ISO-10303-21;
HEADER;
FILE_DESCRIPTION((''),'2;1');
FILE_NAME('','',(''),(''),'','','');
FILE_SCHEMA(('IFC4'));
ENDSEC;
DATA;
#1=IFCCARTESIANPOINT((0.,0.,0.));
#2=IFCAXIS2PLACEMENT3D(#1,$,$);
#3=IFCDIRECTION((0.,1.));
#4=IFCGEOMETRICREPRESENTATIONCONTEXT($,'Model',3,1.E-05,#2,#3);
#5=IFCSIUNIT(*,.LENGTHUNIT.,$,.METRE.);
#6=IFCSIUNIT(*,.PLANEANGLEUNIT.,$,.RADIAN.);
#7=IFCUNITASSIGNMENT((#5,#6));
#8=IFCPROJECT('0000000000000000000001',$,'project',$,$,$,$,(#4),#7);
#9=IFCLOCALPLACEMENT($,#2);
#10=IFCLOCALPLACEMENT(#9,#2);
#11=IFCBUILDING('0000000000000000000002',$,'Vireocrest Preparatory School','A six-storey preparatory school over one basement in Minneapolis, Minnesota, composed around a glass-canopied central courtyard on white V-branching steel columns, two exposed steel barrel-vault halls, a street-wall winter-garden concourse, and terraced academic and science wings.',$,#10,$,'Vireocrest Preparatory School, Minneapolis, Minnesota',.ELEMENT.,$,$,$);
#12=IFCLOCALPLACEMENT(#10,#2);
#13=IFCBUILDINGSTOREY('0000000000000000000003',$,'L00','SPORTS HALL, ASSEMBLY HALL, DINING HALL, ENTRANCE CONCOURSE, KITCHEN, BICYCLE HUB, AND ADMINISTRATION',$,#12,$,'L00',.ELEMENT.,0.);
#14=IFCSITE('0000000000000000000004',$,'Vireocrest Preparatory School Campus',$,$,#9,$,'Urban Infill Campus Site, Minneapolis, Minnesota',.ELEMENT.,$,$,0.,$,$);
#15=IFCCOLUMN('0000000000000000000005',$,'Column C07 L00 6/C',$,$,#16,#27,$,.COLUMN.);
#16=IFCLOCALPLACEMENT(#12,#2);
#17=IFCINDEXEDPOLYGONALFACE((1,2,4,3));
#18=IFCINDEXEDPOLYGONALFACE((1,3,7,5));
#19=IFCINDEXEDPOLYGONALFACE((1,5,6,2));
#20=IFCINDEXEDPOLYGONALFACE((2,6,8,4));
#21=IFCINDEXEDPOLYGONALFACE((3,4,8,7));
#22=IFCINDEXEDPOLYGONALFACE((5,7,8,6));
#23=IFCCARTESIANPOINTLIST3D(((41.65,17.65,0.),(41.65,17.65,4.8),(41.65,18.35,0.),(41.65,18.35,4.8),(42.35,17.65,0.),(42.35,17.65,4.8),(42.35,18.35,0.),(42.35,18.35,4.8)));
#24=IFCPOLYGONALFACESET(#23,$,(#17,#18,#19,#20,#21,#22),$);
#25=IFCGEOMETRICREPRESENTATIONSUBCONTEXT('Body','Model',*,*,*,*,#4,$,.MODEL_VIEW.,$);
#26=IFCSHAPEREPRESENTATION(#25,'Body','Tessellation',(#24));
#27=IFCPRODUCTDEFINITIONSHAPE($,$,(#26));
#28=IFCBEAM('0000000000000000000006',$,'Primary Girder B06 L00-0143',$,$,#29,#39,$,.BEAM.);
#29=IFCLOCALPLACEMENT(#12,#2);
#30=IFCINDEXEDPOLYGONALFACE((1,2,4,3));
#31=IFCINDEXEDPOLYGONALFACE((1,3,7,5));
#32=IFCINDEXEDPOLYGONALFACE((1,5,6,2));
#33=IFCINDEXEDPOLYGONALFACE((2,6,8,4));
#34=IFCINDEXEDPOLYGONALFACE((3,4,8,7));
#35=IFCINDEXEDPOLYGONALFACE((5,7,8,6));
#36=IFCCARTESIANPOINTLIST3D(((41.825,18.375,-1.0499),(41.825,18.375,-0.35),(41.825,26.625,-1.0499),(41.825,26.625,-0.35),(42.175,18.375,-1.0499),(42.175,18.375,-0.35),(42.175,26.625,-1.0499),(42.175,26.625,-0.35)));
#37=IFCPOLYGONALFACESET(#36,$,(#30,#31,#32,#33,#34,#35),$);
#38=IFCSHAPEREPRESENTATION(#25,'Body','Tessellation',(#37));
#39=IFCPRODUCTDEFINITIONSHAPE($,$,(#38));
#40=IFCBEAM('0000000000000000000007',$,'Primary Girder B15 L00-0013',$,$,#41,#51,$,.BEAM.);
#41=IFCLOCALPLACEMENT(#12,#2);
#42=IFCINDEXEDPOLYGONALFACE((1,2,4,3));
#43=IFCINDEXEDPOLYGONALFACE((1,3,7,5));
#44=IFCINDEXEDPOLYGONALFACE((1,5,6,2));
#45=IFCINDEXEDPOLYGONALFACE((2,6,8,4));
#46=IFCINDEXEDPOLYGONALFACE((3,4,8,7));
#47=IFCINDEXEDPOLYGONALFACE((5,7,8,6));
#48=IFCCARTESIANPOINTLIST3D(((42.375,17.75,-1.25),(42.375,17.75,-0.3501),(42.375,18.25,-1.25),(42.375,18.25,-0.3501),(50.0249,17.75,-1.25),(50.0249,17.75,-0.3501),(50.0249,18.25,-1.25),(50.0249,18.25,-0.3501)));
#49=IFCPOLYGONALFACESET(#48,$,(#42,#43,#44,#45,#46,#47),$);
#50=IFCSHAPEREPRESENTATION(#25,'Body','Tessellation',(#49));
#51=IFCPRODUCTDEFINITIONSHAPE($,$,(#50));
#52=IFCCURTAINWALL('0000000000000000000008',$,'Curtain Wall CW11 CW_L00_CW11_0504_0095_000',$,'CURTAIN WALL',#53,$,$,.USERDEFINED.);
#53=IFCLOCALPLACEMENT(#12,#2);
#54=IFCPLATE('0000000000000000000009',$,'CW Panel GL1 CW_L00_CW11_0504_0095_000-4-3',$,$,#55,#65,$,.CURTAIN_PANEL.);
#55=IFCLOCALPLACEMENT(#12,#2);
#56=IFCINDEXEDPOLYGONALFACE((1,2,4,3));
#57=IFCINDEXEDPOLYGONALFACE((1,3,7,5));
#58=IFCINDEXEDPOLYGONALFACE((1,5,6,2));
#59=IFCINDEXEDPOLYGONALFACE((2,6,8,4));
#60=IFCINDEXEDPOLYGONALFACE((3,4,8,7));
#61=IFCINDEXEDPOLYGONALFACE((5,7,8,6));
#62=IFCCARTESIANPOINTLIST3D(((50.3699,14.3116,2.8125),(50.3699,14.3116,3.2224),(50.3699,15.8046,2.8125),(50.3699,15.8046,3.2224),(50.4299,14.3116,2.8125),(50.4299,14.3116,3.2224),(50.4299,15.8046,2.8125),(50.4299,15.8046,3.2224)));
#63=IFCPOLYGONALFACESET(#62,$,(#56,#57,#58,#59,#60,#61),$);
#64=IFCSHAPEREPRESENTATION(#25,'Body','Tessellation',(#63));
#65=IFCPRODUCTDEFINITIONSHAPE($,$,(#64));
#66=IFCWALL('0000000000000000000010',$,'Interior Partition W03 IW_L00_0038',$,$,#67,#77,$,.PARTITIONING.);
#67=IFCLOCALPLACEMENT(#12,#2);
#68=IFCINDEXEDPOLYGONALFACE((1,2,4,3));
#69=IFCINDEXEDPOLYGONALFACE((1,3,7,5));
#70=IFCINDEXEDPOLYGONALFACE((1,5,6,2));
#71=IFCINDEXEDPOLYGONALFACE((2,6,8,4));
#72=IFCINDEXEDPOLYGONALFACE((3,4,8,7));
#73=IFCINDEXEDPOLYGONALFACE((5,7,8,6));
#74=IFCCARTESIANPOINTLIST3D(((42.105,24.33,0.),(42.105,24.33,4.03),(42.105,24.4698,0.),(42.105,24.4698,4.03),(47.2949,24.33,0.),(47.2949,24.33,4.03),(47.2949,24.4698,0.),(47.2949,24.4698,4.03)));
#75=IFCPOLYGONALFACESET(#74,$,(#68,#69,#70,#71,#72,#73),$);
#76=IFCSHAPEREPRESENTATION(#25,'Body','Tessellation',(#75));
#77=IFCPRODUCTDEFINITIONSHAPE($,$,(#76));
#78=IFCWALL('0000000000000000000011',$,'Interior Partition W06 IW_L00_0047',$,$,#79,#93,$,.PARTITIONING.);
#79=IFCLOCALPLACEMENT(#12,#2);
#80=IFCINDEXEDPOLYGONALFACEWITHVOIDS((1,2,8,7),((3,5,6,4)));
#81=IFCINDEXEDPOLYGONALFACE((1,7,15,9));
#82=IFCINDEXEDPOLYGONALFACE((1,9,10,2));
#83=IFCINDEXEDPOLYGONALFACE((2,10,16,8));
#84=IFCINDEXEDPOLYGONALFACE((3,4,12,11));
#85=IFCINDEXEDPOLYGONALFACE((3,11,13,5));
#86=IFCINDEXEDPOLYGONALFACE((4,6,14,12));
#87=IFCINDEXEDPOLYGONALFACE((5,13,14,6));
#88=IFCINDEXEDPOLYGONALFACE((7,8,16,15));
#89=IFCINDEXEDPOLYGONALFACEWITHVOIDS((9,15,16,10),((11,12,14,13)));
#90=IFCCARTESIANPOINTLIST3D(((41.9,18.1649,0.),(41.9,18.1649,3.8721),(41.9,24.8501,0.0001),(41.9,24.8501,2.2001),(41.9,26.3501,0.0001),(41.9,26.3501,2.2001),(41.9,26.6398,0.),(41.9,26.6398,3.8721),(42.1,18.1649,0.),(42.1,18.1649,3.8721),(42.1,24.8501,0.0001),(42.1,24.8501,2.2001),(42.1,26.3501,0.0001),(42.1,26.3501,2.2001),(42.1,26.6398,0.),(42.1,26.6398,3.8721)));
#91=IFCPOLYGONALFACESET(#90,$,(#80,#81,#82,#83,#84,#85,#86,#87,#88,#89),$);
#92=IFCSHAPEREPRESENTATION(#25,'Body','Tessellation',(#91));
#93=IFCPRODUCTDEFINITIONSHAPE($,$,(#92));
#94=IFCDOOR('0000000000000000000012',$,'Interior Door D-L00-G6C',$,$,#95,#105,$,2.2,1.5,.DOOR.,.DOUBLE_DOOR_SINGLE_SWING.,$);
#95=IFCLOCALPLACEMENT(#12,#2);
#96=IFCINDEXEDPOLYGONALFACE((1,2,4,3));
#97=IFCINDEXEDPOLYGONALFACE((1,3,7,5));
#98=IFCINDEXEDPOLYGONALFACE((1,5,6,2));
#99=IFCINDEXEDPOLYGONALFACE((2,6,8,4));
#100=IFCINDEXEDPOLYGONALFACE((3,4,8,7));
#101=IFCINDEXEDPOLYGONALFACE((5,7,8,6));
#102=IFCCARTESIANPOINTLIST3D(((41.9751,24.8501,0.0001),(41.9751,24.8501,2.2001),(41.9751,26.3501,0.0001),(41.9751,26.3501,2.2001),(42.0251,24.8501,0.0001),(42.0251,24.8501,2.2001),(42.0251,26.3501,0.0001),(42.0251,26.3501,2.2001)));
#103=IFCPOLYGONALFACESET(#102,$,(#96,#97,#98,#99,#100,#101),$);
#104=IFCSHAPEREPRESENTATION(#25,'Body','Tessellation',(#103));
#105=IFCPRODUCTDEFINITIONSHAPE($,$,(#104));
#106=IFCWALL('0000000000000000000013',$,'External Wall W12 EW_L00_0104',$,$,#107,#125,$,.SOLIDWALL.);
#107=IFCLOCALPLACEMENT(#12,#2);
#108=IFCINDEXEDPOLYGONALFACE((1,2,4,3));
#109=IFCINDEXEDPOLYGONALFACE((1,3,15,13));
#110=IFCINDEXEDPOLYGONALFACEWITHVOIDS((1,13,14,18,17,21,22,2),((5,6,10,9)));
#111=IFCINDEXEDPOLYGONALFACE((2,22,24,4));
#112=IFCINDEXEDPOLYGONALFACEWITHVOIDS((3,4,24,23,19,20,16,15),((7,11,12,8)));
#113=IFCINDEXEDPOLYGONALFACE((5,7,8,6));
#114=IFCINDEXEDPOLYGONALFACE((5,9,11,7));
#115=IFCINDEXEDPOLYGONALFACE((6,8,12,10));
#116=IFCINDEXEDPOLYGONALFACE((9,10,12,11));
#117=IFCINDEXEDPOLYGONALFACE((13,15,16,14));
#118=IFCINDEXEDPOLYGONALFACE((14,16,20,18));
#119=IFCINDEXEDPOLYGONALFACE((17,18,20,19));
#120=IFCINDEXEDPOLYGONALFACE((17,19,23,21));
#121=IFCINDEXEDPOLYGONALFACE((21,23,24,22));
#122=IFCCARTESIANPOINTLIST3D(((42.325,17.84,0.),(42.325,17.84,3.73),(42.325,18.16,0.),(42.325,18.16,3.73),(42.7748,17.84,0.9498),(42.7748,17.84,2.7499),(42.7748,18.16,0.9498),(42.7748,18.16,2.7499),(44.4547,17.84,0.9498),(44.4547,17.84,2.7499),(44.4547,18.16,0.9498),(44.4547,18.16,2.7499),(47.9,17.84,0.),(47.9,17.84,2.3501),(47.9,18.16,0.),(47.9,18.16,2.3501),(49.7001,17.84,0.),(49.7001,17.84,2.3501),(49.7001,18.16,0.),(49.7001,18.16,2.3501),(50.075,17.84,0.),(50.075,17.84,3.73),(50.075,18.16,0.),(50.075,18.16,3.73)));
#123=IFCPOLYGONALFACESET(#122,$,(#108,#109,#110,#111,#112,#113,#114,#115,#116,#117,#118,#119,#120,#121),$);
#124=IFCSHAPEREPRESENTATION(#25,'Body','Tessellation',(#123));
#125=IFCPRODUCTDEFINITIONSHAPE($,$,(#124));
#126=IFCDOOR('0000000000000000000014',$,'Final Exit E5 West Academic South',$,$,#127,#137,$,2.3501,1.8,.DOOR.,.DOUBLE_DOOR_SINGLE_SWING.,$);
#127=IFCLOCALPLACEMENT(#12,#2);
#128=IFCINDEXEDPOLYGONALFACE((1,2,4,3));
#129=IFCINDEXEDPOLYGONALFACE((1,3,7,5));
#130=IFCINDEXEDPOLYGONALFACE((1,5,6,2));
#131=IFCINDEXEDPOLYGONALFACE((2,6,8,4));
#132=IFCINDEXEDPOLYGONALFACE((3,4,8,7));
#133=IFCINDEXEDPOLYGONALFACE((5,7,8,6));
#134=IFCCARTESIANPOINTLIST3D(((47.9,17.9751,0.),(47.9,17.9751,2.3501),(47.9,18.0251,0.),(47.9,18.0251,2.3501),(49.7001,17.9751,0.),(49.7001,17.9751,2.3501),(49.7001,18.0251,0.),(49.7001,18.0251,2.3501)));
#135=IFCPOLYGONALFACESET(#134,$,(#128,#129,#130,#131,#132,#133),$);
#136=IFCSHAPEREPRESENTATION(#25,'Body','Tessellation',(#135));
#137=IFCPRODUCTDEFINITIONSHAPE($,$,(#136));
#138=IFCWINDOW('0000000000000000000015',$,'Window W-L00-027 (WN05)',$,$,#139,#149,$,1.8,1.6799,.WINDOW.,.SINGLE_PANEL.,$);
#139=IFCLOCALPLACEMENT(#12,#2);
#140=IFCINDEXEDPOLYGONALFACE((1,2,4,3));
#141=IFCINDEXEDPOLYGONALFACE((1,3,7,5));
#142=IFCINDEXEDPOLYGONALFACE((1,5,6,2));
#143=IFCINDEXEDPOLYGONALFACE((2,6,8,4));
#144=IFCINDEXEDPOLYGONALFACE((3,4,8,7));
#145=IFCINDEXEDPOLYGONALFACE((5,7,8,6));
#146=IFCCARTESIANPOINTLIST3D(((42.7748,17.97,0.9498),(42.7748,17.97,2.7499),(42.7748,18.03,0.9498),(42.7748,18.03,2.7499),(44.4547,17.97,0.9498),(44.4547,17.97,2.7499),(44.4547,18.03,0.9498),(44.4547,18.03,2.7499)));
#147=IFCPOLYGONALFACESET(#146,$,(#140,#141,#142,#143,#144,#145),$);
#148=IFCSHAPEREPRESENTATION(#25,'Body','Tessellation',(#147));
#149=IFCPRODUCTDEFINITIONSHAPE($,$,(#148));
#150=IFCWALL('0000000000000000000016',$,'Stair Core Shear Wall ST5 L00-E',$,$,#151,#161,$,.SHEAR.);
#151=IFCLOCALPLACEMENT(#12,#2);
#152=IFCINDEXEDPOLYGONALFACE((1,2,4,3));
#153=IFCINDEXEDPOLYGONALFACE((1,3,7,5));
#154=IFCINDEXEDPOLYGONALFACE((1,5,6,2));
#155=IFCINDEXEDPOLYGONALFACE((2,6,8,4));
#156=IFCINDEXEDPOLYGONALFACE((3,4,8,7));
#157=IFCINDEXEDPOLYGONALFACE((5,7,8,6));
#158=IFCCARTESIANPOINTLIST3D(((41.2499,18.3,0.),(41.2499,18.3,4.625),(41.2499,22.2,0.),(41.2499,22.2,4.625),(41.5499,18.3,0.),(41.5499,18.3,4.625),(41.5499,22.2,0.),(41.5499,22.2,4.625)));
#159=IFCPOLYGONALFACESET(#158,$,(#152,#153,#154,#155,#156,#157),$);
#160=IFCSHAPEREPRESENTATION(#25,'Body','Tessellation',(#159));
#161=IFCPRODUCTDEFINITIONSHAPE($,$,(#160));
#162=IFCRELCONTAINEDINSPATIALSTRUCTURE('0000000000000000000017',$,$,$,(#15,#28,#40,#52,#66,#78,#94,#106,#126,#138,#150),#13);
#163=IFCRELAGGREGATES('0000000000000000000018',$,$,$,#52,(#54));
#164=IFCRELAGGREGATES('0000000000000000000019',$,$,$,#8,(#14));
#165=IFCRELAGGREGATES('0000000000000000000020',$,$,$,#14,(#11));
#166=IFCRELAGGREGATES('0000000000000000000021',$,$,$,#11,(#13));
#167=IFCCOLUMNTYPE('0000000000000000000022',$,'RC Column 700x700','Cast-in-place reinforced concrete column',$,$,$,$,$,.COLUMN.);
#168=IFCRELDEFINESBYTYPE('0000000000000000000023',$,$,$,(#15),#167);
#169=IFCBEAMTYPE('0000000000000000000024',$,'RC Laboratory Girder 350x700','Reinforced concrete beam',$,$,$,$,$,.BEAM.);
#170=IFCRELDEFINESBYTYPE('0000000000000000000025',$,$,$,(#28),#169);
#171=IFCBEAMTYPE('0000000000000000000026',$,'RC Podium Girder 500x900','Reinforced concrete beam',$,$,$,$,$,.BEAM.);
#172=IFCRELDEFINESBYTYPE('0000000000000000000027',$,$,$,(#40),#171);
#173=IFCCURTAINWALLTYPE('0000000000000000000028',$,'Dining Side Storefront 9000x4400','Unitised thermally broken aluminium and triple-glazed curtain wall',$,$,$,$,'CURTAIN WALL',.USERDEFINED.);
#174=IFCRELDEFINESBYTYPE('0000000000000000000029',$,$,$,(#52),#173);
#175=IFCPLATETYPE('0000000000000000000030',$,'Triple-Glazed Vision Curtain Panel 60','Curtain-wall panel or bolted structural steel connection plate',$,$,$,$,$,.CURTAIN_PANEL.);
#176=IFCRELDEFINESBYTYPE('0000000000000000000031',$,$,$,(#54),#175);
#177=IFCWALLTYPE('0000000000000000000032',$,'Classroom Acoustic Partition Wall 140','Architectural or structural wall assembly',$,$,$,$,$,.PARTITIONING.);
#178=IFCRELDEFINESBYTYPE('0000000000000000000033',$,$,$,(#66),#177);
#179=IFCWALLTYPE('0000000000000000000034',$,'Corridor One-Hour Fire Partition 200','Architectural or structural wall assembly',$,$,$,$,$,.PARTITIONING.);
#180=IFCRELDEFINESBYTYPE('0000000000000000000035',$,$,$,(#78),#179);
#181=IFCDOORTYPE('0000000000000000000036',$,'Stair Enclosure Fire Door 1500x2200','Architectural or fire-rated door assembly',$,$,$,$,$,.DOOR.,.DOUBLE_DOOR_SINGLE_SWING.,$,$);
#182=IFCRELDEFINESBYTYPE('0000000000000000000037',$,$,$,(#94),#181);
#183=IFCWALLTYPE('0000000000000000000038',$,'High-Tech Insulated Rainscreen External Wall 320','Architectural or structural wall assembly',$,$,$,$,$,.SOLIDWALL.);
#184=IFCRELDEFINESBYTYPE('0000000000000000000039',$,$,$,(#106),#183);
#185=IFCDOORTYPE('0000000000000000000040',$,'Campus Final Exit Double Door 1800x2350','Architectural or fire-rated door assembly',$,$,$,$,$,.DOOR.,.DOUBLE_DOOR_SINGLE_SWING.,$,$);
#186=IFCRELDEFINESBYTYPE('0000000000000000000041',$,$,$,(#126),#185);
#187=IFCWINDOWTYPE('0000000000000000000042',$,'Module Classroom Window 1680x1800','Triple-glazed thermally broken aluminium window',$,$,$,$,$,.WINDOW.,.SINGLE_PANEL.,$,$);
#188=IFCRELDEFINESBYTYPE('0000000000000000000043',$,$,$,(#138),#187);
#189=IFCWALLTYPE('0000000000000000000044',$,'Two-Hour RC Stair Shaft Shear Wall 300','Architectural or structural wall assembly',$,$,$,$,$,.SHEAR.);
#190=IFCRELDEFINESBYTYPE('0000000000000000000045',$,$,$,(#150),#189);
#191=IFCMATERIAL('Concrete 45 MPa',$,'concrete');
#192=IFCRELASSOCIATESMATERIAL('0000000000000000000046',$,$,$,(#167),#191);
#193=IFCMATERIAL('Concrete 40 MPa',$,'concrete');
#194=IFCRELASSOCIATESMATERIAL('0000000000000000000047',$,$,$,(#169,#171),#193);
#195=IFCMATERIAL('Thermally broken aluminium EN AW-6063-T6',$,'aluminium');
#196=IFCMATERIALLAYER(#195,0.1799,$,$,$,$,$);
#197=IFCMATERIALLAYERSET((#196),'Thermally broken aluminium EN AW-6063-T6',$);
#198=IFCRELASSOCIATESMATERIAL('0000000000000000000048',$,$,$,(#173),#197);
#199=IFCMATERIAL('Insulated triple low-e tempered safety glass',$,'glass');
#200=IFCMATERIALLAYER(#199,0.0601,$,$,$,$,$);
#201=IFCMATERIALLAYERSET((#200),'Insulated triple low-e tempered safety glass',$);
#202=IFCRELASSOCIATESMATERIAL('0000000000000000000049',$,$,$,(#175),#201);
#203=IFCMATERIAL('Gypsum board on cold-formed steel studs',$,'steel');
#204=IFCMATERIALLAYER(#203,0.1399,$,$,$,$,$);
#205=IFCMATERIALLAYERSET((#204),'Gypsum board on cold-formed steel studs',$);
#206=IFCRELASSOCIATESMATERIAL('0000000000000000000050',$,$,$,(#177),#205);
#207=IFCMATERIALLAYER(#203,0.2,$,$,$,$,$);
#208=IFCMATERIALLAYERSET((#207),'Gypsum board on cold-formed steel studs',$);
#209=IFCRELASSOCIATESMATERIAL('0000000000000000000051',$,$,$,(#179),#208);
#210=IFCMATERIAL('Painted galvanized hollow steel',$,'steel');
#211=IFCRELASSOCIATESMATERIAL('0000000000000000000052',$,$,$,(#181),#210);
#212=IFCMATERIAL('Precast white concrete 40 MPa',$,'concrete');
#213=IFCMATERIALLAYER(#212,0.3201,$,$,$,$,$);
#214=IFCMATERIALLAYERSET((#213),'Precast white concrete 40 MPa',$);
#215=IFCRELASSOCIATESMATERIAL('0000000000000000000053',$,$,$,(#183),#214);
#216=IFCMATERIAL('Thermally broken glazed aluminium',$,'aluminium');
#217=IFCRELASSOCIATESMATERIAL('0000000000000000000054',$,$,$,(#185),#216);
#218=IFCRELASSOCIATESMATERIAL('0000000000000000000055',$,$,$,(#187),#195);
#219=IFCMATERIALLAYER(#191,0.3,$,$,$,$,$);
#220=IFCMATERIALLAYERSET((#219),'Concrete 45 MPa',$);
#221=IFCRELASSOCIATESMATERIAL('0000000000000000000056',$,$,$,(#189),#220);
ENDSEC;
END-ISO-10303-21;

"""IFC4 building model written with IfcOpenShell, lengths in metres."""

from ifc_helpers import new_model, si_unit, direction, frame, frame_2d, origin, origin_2d, place, context, subcontext, project, spatial, rectangle, extrude, material, layer, layer_set, material_profile, profile_set, type_object, element, fill, aggregate, save


model = new_model("IFC4")

# Units and contexts
model_context = context("Model", 3, precision=1e-05, world=origin(), true_north=direction((0.0, 1.0)))
body_context = subcontext(model_context, "Body", "Model", "MODEL_VIEW")
ifc_project = project(units=[si_unit("LENGTHUNIT", "METRE"), si_unit("PLANEANGLEUNIT", "RADIAN")], contexts=[model_context])

# Site, building, storey
site_placement = place(None, origin())
site = spatial("IfcSite", under=ifc_project, at=site_placement, Name="Vireocrest Preparatory School Campus", LongName="Urban Infill Campus Site, Minneapolis, Minnesota", CompositionType="ELEMENT", RefElevation=0.0)
building_placement = place(site_placement, origin())
building = spatial("IfcBuilding", under=site, at=building_placement, Name="Vireocrest Preparatory School", Description="A six-storey preparatory school over one basement in Minneapolis, Minnesota, composed around a glass-canopied central courtyard on white V-branching steel columns, two exposed steel barrel-vault halls, a street-wall winter-garden concourse, and terraced academic and science wings.", LongName="Vireocrest Preparatory School, Minneapolis, Minnesota", CompositionType="ELEMENT")
storey_placement = place(building_placement, origin())
storey = spatial("IfcBuildingStorey", under=building, at=storey_placement, Name="L00", Description="SPORTS HALL, ASSEMBLY HALL, DINING HALL, ENTRANCE CONCOURSE, KITCHEN, BICYCLE HUB, AND ADMINISTRATION", LongName="L00", CompositionType="ELEMENT", Elevation=0.0)

# Column
ifc_material_1 = material(Name="Concrete 45 MPa", Category="concrete")
ifc_material_profile_1 = material_profile(ifc_material_1, rectangle(XDim=0.7, YDim=0.7, at=origin_2d()), Name="RC 700x700")
ifc_profile_set_1 = profile_set([ifc_material_profile_1], Name="Concrete 45 MPa")
column_type = type_object("IfcColumnType", Name="RC Column 700x700", Description="Cast-in-place reinforced concrete column", PredefinedType="COLUMN", material=ifc_profile_set_1)
column_placement = place(storey_placement, frame((42.0, 18.0, 0.0), z_axis=(0.0, 0.0, 1.0), x_axis=(1.0, 0.0, 0.0)))
element("IfcColumn", 1, at=column_placement, inside=storey, type_object=column_type, Name="Column C07 L00 6/C", PredefinedType="COLUMN", context=body_context, shape_type="SweptSolid", body=[
    extrude(rectangle(XDim=0.7, YDim=0.7, at=origin_2d()), origin(), (0.0, 0.0, 1.0), 4.8),
])

# Beams
ifc_material_2 = material(Name="Concrete 40 MPa", Category="concrete")
ifc_material_profile_2 = material_profile(ifc_material_2, rectangle(XDim=0.3501, YDim=0.7, at=origin_2d()), Name="RC 350x700")
ifc_profile_set_2 = profile_set([ifc_material_profile_2], Name="Concrete 40 MPa")
beam_type_1 = type_object("IfcBeamType", Name="RC Laboratory Girder 350x700", Description="Reinforced concrete beam", PredefinedType="BEAM", material=ifc_profile_set_2)
beam_1_placement = place(storey_placement, frame((42.0, 18.375, -0.7), z_axis=(0.0, 1.0, 0.0), x_axis=(-1.0, 0.0, 0.0)))
element("IfcBeam", 2, at=beam_1_placement, inside=storey, type_object=beam_type_1, Name="Primary Girder B06 L00-0143", PredefinedType="BEAM", context=body_context, shape_type="SweptSolid", body=[
    extrude(rectangle(XDim=0.3501, YDim=0.7, at=origin_2d()), origin(), (0.0, 0.0, 1.0), 8.25),
])
ifc_material_profile_3 = material_profile(ifc_material_2, rectangle(XDim=0.5, YDim=0.8999, at=origin_2d()), Name="RC 500x900")
ifc_profile_set_3 = profile_set([ifc_material_profile_3], Name="Concrete 40 MPa")
beam_type_2 = type_object("IfcBeamType", Name="RC Podium Girder 500x900", Description="Reinforced concrete beam", PredefinedType="BEAM", material=ifc_profile_set_3)
beam_2_placement = place(storey_placement, frame((42.375, 18.0, -0.8), z_axis=(1.0, 0.0, 0.0), x_axis=(0.0, 1.0, 0.0)))
element("IfcBeam", 3, at=beam_2_placement, inside=storey, type_object=beam_type_2, Name="Primary Girder B15 L00-0013", PredefinedType="BEAM", context=body_context, shape_type="SweptSolid", body=[
    extrude(rectangle(XDim=0.5, YDim=0.8999, at=origin_2d()), origin(), (0.0, 0.0, 1.0), 7.6499),
])

# Curtain wall, plate
ifc_material_3 = material(Name="Thermally broken aluminium EN AW-6063-T6", Category="aluminium")
ifc_layer_1 = layer(ifc_material_3, 0.1799)
ifc_layer_set_1 = layer_set([ifc_layer_1], Name="Thermally broken aluminium EN AW-6063-T6")
curtain_wall_type = type_object("IfcCurtainWallType", Name="Dining Side Storefront 9000x4400", Description="Unitised thermally broken aluminium and triple-glazed curtain wall", ElementType="CURTAIN WALL", PredefinedType="USERDEFINED", material=ifc_layer_set_1)
curtain_wall_placement = place(storey_placement, origin())
curtain_wall = element("IfcCurtainWall", 4, at=curtain_wall_placement, inside=storey, type_object=curtain_wall_type, Name="Curtain Wall CW11 CW_L00_CW11_0504_0095_000", ObjectType="CURTAIN WALL", PredefinedType="USERDEFINED")
ifc_material_4 = material(Name="Insulated triple low-e tempered safety glass", Category="glass")
ifc_layer_2 = layer(ifc_material_4, 0.0601)
ifc_layer_set_2 = layer_set([ifc_layer_2], Name="Insulated triple low-e tempered safety glass")
plate_type = type_object("IfcPlateType", Name="Triple-Glazed Vision Curtain Panel 60", Description="Curtain-wall panel or bolted structural steel connection plate", PredefinedType="CURTAIN_PANEL", material=ifc_layer_set_2)
plate_placement = place(storey_placement, frame((50.3999, 15.0581, 2.8125), z_axis=(0.0, 0.0, 1.0), x_axis=(0.0, 1.0, 0.0)))
plate = element("IfcPlate", 5, at=plate_placement, type_object=plate_type, Name="CW Panel GL1 CW_L00_CW11_0504_0095_000-4-3", PredefinedType="CURTAIN_PANEL", context=body_context, shape_type="SweptSolid", body=[
    extrude(rectangle(XDim=1.4929, YDim=0.0601, at=origin_2d()), origin(), (0.0, 0.0, 1.0), 0.4099),
])
aggregate(curtain_wall, [plate])

# Wall
ifc_material_5 = material(Name="Gypsum board on cold-formed steel studs", Category="steel")
ifc_layer_3 = layer(ifc_material_5, 0.1399)
ifc_layer_set_3 = layer_set([ifc_layer_3], Name="Gypsum board on cold-formed steel studs")
wall_type_1 = type_object("IfcWallType", Name="Classroom Acoustic Partition Wall 140", Description="Architectural or structural wall assembly", PredefinedType="PARTITIONING", material=ifc_layer_set_3)
wall_1_placement = place(storey_placement, frame((42.105, 24.3999, 0.0), z_axis=(0.0, 0.0, 1.0), x_axis=(1.0, 0.0, 0.0)))
element("IfcWall", 6, at=wall_1_placement, inside=storey, type_object=wall_type_1, Name="Interior Partition W03 IW_L00_0038", PredefinedType="PARTITIONING", context=body_context, shape_type="SweptSolid", body=[
    extrude(rectangle(XDim=5.1899, YDim=0.1399, at=frame_2d((2.595, 0.0))), origin(), (0.0, 0.0, 1.0), 4.03),
])

# Shared definitions
ifc_layer_4 = layer(ifc_material_5, 0.2)
ifc_layer_set_4 = layer_set([ifc_layer_4], Name="Gypsum board on cold-formed steel studs")
wall_type_2 = type_object("IfcWallType", Name="Corridor One-Hour Fire Partition 200", Description="Architectural or structural wall assembly", PredefinedType="PARTITIONING", material=ifc_layer_set_4)
ifc_material_6 = material(Name="Painted galvanized hollow steel", Category="steel")
door_type_1 = type_object("IfcDoorType", Name="Stair Enclosure Fire Door 1500x2200", Description="Architectural or fire-rated door assembly", OperationType="DOUBLE_DOOR_SINGLE_SWING", PredefinedType="DOOR", material=ifc_material_6)

# Wall, opening, door
wall_2_placement = place(storey_placement, frame((42.0, 18.165, 0.0), z_axis=(0.0, 0.0, 1.0), x_axis=(0.0, 1.0, 0.0)))
wall_2 = element("IfcWall", 7, at=wall_2_placement, inside=storey, type_object=wall_type_2, Name="Interior Partition W06 IW_L00_0047", PredefinedType="PARTITIONING", context=body_context, shape_type="SweptSolid", body=[
    extrude(rectangle(XDim=8.4749, YDim=0.2, at=frame_2d((4.2373, 0.0))), origin(), (0.0, 0.0, 1.0), 3.8721),
])
opening_1_placement = place(wall_2_placement, frame((6.6851, 0.0, 0.0)))
opening_1 = element("IfcOpeningElement", 8, at=opening_1_placement, cuts=wall_2, PredefinedType="OPENING", context=body_context, shape_type="SweptSolid", body=[
    extrude(rectangle(XDim=1.5, YDim=2.2, at=frame_2d((0.75, 1.1001))), frame((0.0, 0.1099, 0.0), z_axis=(0.0, -1.0, 0.0), x_axis=(1.0, 0.0, 0.0)), (0.0, 0.0, 1.0), 0.22),
])
door_1_placement = place(opening_1_placement, origin())
door_1 = element("IfcDoor", 9, at=door_1_placement, inside=storey, type_object=door_type_1, Name="Interior Door D-L00-G6C", OperationType="DOUBLE_DOOR_SINGLE_SWING", OverallHeight=2.2, OverallWidth=1.5, PredefinedType="DOOR", context=body_context, shape_type="SweptSolid", body=[
    extrude(rectangle(XDim=1.5, YDim=2.2, at=frame_2d((0.75, 1.1001))), frame((0.0, 0.0249, 0.0), z_axis=(0.0, -1.0, 0.0), x_axis=(1.0, 0.0, 0.0)), (0.0, 0.0, 1.0), 0.05),
])
fill(opening_1, door_1)

# Wall, openings, door, window
ifc_material_7 = material(Name="Precast white concrete 40 MPa", Category="concrete")
ifc_layer_5 = layer(ifc_material_7, 0.3201)
ifc_layer_set_5 = layer_set([ifc_layer_5], Name="Precast white concrete 40 MPa")
wall_type_3 = type_object("IfcWallType", Name="High-Tech Insulated Rainscreen External Wall 320", Description="Architectural or structural wall assembly", PredefinedType="SOLIDWALL", material=ifc_layer_set_5)
wall_3_placement = place(storey_placement, frame((42.325, 18.0, 0.0), z_axis=(0.0, 0.0, 1.0), x_axis=(1.0, 0.0, 0.0)))
wall_3 = element("IfcWall", 10, at=wall_3_placement, inside=storey, type_object=wall_type_3, Name="External Wall W12 EW_L00_0104", PredefinedType="SOLIDWALL", context=body_context, shape_type="SweptSolid", body=[
    extrude(rectangle(XDim=7.75, YDim=0.3201, at=frame_2d((3.875, 0.0))), origin(), (0.0, 0.0, 1.0), 3.73),
])
opening_2_placement = place(wall_3_placement, frame((7.375, 0.0, 0.0), z_axis=(0.0, 0.0, 1.0), x_axis=(-1.0, 0.0, 0.0)))
opening_2 = element("IfcOpeningElement", 11, at=opening_2_placement, cuts=wall_3, PredefinedType="OPENING", context=body_context, shape_type="SweptSolid", body=[
    extrude(rectangle(XDim=1.8, YDim=2.3501, at=frame_2d((0.8999, 1.175))), frame((0.0, 0.1699, 0.0), z_axis=(0.0, -1.0, 0.0), x_axis=(1.0, 0.0, 0.0)), (0.0, 0.0, 1.0), 0.3401),
])
opening_3_placement = place(wall_3_placement, frame((0.45, 0.0, 0.95)))
opening_3 = element("IfcOpeningElement", 12, at=opening_3_placement, cuts=wall_3, PredefinedType="OPENING", context=body_context, shape_type="SweptSolid", body=[
    extrude(rectangle(XDim=1.6799, YDim=1.8, at=frame_2d((0.8398, 0.8999))), frame((0.0, 0.1699, 0.0), z_axis=(0.0, -1.0, 0.0), x_axis=(1.0, 0.0, 0.0)), (0.0, 0.0, 1.0), 0.3401),
])
ifc_material_8 = material(Name="Thermally broken glazed aluminium", Category="aluminium")
door_type_2 = type_object("IfcDoorType", Name="Campus Final Exit Double Door 1800x2350", Description="Architectural or fire-rated door assembly", OperationType="DOUBLE_DOOR_SINGLE_SWING", PredefinedType="DOOR", material=ifc_material_8)
door_2_placement = place(opening_2_placement, origin())
door_2 = element("IfcDoor", 13, at=door_2_placement, inside=storey, type_object=door_type_2, Name="Final Exit E5 West Academic South", OperationType="DOUBLE_DOOR_SINGLE_SWING", OverallHeight=2.3501, OverallWidth=1.8, PredefinedType="DOOR", context=body_context, shape_type="SweptSolid", body=[
    extrude(rectangle(XDim=1.8, YDim=2.3501, at=frame_2d((0.8999, 1.175))), frame((0.0, 0.0249, 0.0), z_axis=(0.0, -1.0, 0.0), x_axis=(1.0, 0.0, 0.0)), (0.0, 0.0, 1.0), 0.05),
])
fill(opening_2, door_2)
window_type = type_object("IfcWindowType", Name="Module Classroom Window 1680x1800", Description="Triple-glazed thermally broken aluminium window", PartitioningType="SINGLE_PANEL", PredefinedType="WINDOW", material=ifc_material_3)
window_placement = place(opening_3_placement, origin())
window = element("IfcWindow", 14, at=window_placement, inside=storey, type_object=window_type, Name="Window W-L00-027 (WN05)", OverallHeight=1.8, OverallWidth=1.6799, PartitioningType="SINGLE_PANEL", PredefinedType="WINDOW", context=body_context, shape_type="SweptSolid", body=[
    extrude(rectangle(XDim=1.6799, YDim=1.8, at=frame_2d((0.8398, 0.8999))), frame((0.0, 0.03, 0.0), z_axis=(0.0, -1.0, 0.0), x_axis=(1.0, 0.0, 0.0)), (0.0, 0.0, 1.0), 0.0601),
])
fill(opening_3, window)

# Wall
ifc_layer_6 = layer(ifc_material_1, 0.3)
ifc_layer_set_6 = layer_set([ifc_layer_6], Name="Concrete 45 MPa")
wall_type_4 = type_object("IfcWallType", Name="Two-Hour RC Stair Shaft Shear Wall 300", Description="Architectural or structural wall assembly", PredefinedType="SHEAR", material=ifc_layer_set_6)
wall_4_placement = place(storey_placement, frame((41.3999, 18.3, 0.0), z_axis=(0.0, 0.0, 1.0), x_axis=(0.0, 1.0, 0.0)))
element("IfcWall", 15, at=wall_4_placement, inside=storey, type_object=wall_type_4, Name="Stair Core Shear Wall ST5 L00-E", PredefinedType="SHEAR", context=body_context, shape_type="SweptSolid", body=[
    extrude(rectangle(XDim=3.8999, YDim=0.3, at=frame_2d((1.95, 0.0))), origin(), (0.0, 0.0, 1.0), 4.625),
])

save(model, "model.ifc")
